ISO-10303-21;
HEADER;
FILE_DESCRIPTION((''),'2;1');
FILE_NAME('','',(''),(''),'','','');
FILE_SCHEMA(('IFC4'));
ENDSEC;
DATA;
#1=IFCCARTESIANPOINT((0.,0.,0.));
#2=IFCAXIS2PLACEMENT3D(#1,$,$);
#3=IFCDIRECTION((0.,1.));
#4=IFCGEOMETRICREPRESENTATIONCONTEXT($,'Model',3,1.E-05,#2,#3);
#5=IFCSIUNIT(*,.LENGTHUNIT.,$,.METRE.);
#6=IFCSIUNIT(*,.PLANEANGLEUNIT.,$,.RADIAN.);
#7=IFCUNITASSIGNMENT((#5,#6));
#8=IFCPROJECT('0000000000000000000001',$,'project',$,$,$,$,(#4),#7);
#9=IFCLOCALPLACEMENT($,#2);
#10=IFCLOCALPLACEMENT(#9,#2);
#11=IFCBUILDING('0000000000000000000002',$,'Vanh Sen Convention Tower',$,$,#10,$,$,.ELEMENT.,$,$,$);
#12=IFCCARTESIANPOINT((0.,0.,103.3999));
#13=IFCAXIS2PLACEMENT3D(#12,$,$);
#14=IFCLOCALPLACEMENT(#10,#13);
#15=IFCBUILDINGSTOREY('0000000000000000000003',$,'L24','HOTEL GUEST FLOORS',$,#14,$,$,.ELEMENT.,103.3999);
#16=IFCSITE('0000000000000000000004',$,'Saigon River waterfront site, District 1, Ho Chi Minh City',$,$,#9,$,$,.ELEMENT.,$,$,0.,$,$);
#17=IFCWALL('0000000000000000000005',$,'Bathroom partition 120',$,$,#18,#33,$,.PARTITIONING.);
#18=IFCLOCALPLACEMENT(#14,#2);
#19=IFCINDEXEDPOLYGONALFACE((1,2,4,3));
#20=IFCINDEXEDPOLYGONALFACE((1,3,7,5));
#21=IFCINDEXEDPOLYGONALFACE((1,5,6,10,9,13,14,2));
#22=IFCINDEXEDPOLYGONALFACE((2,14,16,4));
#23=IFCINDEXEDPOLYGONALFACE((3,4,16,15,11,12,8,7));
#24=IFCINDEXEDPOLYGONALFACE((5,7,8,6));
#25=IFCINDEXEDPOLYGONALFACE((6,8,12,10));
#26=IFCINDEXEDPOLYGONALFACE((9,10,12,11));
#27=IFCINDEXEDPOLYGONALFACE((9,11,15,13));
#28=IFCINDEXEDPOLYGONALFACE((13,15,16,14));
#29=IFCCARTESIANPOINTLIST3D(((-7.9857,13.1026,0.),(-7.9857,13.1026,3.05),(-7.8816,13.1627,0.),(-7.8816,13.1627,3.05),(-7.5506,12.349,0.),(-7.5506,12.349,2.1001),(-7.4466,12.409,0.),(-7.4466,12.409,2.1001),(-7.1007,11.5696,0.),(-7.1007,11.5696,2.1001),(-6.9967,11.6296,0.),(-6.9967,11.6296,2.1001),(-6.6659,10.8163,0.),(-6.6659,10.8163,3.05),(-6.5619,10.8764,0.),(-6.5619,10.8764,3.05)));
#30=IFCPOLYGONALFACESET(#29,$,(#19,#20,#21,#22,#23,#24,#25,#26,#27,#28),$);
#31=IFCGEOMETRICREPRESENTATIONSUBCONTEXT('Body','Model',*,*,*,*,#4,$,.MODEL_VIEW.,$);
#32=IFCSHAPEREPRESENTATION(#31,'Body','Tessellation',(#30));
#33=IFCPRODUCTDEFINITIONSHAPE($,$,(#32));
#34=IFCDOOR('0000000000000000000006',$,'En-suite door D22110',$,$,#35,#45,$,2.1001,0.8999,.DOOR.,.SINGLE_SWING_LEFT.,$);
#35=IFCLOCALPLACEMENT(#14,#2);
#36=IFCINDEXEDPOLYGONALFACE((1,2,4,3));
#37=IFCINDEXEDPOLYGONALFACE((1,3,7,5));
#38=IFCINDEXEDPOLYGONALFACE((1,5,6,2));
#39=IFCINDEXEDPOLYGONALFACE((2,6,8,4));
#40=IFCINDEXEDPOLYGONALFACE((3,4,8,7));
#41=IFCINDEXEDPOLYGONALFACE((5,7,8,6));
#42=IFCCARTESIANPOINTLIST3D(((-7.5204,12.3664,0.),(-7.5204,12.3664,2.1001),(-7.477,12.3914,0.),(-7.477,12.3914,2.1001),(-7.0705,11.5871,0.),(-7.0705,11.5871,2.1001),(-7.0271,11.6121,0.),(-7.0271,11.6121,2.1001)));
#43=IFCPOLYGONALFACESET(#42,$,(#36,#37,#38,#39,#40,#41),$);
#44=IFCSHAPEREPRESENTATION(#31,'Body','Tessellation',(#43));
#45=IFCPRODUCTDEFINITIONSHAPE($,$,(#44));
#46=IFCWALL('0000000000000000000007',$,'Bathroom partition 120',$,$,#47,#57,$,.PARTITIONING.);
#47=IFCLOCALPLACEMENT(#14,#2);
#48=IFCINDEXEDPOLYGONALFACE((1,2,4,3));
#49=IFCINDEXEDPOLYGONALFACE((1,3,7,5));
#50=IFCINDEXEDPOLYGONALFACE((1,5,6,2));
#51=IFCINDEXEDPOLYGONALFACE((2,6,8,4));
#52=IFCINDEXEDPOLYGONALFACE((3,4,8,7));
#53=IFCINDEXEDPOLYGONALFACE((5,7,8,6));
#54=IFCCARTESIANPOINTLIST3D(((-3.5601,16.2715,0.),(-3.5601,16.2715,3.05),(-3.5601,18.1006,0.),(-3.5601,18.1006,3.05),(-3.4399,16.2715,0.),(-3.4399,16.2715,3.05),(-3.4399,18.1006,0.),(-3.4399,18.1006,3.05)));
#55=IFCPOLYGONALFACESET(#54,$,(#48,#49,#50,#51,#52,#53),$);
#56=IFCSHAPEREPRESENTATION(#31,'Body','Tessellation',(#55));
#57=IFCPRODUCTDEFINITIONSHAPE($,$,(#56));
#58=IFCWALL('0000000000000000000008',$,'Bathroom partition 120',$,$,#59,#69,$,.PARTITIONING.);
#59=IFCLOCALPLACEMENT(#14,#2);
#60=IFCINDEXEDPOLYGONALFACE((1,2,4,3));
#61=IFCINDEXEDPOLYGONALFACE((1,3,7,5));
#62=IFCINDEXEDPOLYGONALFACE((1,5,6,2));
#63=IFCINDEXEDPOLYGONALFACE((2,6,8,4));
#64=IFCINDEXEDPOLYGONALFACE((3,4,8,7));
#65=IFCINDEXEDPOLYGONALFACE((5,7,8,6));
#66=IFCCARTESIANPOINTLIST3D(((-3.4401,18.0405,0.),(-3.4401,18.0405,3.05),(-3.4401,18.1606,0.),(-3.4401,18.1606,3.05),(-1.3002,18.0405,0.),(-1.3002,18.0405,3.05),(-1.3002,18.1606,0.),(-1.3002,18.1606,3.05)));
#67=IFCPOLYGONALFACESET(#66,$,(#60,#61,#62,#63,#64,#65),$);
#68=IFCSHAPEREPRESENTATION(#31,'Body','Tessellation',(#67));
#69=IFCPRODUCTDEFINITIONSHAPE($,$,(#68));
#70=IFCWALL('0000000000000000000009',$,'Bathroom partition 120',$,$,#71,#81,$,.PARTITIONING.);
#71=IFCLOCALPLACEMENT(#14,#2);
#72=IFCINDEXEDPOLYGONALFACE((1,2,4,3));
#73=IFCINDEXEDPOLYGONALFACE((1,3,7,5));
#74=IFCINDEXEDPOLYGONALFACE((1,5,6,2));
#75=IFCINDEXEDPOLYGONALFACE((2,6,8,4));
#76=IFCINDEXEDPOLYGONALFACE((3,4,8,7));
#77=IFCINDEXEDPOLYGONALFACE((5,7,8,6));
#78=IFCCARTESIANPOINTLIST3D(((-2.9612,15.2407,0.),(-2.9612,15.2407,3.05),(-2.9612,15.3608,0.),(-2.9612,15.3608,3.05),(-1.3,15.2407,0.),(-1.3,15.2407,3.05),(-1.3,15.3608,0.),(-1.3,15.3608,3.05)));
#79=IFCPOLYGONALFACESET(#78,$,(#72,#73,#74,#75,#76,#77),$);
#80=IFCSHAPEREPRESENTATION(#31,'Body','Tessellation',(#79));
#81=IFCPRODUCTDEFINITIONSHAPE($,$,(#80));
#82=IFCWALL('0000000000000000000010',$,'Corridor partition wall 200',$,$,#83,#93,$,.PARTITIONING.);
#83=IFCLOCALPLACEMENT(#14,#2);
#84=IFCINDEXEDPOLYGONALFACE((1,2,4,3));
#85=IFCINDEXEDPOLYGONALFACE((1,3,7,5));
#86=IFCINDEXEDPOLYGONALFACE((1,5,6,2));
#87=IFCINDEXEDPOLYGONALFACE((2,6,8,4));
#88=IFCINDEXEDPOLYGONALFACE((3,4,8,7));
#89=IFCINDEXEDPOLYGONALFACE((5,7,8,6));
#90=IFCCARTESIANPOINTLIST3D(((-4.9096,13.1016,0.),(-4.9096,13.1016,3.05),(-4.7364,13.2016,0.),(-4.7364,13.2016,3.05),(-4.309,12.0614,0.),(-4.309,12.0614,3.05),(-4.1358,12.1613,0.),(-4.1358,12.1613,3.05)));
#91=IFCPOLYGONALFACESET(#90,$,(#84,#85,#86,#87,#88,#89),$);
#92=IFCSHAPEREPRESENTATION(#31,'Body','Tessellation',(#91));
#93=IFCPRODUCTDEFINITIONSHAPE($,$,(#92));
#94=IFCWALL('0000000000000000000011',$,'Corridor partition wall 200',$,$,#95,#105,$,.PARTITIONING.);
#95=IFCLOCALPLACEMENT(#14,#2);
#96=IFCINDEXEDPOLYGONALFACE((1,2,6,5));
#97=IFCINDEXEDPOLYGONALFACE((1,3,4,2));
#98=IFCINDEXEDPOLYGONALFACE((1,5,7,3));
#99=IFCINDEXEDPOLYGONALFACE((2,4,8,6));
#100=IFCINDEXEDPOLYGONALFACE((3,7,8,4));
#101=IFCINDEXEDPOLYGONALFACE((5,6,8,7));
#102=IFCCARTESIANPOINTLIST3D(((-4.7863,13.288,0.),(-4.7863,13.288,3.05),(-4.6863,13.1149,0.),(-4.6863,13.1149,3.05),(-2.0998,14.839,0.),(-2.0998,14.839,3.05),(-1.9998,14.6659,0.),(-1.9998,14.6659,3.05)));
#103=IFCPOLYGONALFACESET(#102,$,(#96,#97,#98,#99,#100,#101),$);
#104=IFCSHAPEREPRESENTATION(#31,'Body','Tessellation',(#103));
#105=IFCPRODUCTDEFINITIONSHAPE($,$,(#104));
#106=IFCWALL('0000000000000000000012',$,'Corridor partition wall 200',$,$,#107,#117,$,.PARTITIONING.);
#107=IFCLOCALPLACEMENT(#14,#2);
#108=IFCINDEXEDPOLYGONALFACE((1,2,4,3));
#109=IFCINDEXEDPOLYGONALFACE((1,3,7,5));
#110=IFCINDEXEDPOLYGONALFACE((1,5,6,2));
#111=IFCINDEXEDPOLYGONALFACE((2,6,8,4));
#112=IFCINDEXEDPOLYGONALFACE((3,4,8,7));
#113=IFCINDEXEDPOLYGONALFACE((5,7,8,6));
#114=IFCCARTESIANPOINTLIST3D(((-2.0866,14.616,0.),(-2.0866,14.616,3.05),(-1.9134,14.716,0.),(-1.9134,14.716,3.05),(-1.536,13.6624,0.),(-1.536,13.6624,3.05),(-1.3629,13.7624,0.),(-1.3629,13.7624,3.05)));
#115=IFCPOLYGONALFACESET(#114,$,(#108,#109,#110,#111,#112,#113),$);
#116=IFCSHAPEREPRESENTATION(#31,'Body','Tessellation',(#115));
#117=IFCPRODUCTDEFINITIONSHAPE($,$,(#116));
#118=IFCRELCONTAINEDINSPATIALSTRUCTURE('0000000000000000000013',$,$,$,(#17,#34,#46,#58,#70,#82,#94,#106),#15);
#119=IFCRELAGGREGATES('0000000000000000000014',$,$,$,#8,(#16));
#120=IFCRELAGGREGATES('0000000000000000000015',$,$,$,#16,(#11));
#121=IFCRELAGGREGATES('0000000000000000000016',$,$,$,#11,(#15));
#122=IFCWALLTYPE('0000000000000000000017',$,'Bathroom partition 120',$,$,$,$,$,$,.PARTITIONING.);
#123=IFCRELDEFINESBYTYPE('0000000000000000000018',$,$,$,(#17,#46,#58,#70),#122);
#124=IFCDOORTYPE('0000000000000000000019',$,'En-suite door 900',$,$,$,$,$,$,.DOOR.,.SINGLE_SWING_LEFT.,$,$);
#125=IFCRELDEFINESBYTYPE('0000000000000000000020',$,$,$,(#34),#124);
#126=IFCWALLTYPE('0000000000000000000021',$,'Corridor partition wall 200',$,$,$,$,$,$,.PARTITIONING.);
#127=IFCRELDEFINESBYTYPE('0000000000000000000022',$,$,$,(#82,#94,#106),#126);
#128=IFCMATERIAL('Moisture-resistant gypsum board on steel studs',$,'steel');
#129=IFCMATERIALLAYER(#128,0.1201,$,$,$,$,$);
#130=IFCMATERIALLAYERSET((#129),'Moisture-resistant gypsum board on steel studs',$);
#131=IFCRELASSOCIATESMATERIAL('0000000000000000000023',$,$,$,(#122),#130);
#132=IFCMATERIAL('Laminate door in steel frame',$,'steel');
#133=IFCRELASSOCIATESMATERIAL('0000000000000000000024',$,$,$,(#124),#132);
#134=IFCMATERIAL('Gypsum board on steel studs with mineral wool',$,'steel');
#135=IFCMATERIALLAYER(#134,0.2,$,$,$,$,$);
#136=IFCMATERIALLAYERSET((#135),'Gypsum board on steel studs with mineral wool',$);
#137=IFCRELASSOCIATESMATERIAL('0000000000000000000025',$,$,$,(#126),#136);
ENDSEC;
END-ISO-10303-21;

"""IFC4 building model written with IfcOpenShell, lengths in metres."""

from ifc_helpers import new_model, si_unit, direction, frame, frame_2d, origin, place, context, subcontext, project, spatial, rectangle, extrude, material, layer, layer_set, type_object, element, fill, save


model = new_model("IFC4")

# Units and contexts
model_context = context("Model", 3, precision=1e-05, world=origin(), true_north=direction((0.0, 1.0)))
body_context = subcontext(model_context, "Body", "Model", "MODEL_VIEW")
ifc_project = project(units=[si_unit("LENGTHUNIT", "METRE"), si_unit("PLANEANGLEUNIT", "RADIAN")], contexts=[model_context])

# Site, building, storey
site_placement = place(None, origin())
site = spatial("IfcSite", under=ifc_project, at=site_placement, Name="Saigon River waterfront site, District 1, Ho Chi Minh City", CompositionType="ELEMENT", RefElevation=0.0)
building_placement = place(site_placement, origin())
building = spatial("IfcBuilding", under=site, at=building_placement, Name="Vanh Sen Convention Tower", CompositionType="ELEMENT")
storey_placement = place(building_placement, frame((0.0, 0.0, 103.3999)))
storey = spatial("IfcBuildingStorey", under=building, at=storey_placement, Name="L24", Description="HOTEL GUEST FLOORS", CompositionType="ELEMENT", Elevation=103.3999)

# Wall, opening, door
ifc_material_1 = material(Name="Moisture-resistant gypsum board on steel studs", Category="steel")
ifc_layer_1 = layer(ifc_material_1, 0.1201)
ifc_layer_set_1 = layer_set([ifc_layer_1], Name="Moisture-resistant gypsum board on steel studs")
wall_type_1 = type_object("IfcWallType", Name="Bathroom partition 120", PredefinedType="PARTITIONING", material=ifc_layer_set_1)
wall_1_placement = place(storey_placement, frame((-7.9336, 13.1326, 0.0), z_axis=(0.0, 0.0, 1.0), x_axis=(0.499939, -0.866061, 0.0)))
wall_1 = element("IfcWall", 1, at=wall_1_placement, inside=storey, type_object=wall_type_1, Name="Bathroom partition 120", PredefinedType="PARTITIONING", context=body_context, shape_type="SweptSolid", body=[
    extrude(rectangle(XDim=2.6399, YDim=0.1201, at=frame_2d((1.3198, 0.0))), origin(), (0.0, 0.0, 1.0), 3.05),
])
opening_1_placement = place(wall_1_placement, frame((0.8701, 0.0, 0.0)))
opening_1 = element("IfcOpeningElement", 2, at=opening_1_placement, cuts=wall_1, PredefinedType="OPENING", context=body_context, shape_type="SweptSolid", body=[
    extrude(rectangle(XDim=0.8999, YDim=2.1001, at=frame_2d((0.45, 1.05))), frame((0.0, 0.0701, 0.0), z_axis=(0.0, -1.0, 0.0), x_axis=(1.0, 0.0, 0.0)), (0.0, 0.0, 1.0), 0.1401),
])
ifc_material_2 = material(Name="Laminate door in steel frame", Category="steel")
door_type = type_object("IfcDoorType", Name="En-suite door 900", OperationType="SINGLE_SWING_LEFT", PredefinedType="DOOR", material=ifc_material_2)
door_placement = place(opening_1_placement, origin())
door = element("IfcDoor", 3, at=door_placement, inside=storey, type_object=door_type, Name="En-suite door D22110", OperationType="SINGLE_SWING_LEFT", OverallHeight=2.1001, OverallWidth=0.8999, PredefinedType="DOOR", context=body_context, shape_type="SweptSolid", body=[
    extrude(rectangle(XDim=0.8999, YDim=2.1001, at=frame_2d((0.45, 1.05))), frame((0.0, 0.0249, 0.0), z_axis=(0.0, -1.0, 0.0), x_axis=(1.0, 0.0, 0.0)), (0.0, 0.0, 1.0), 0.05),
])
fill(opening_1, door)

# Walls
wall_2_placement = place(storey_placement, frame((-3.5, 16.2715, 0.0), z_axis=(0.0, 0.0, 1.0), x_axis=(0.0, 1.0, 0.0)))
element("IfcWall", 4, at=wall_2_placement, inside=storey, type_object=wall_type_1, Name="Bathroom partition 120", PredefinedType="PARTITIONING", context=body_context, shape_type="SweptSolid", body=[
    extrude(rectangle(XDim=1.8291, YDim=0.1201, at=frame_2d((0.9146, 0.0))), origin(), (0.0, 0.0, 1.0), 3.05),
])
wall_3_placement = place(storey_placement, frame((-3.4399, 18.1006, 0.0), z_axis=(0.0, 0.0, 1.0), x_axis=(1.0, 0.0, 0.0)))
element("IfcWall", 5, at=wall_3_placement, inside=storey, type_object=wall_type_1, Name="Bathroom partition 120", PredefinedType="PARTITIONING", context=body_context, shape_type="SweptSolid", body=[
    extrude(rectangle(XDim=2.1399, YDim=0.1201, at=frame_2d((1.0698, 0.0))), origin(), (0.0, 0.0, 1.0), 3.05),
])
wall_4_placement = place(storey_placement, frame((-1.3, 15.3008, 0.0), z_axis=(0.0, 0.0, 1.0), x_axis=(-1.0, 0.0, 0.0)))
element("IfcWall", 6, at=wall_4_placement, inside=storey, type_object=wall_type_1, Name="Bathroom partition 120", PredefinedType="PARTITIONING", context=body_context, shape_type="SweptSolid", body=[
    extrude(rectangle(XDim=1.6611, YDim=0.1201, at=frame_2d((0.8306, 0.0))), origin(), (0.0, 0.0, 1.0), 3.05),
])
ifc_material_3 = material(Name="Gypsum board on steel studs with mineral wool", Category="steel")
ifc_layer_2 = layer(ifc_material_3, 0.2)
ifc_layer_set_2 = layer_set([ifc_layer_2], Name="Gypsum board on steel studs with mineral wool")
wall_type_2 = type_object("IfcWallType", Name="Corridor partition wall 200", PredefinedType="PARTITIONING", material=ifc_layer_set_2)
wall_5_placement = place(storey_placement, frame((-4.823, 13.1516, 0.0), z_axis=(0.0, 0.0, 1.0), x_axis=(0.499986, -0.866033, 0.0)))
element("IfcWall", 7, at=wall_5_placement, inside=storey, type_object=wall_type_2, Name="Corridor partition wall 200", PredefinedType="PARTITIONING", context=body_context, shape_type="SweptSolid", body=[
    extrude(rectangle(XDim=1.2012, YDim=0.2, at=frame_2d((0.6006, 0.0))), origin(), (0.0, 0.0, 1.0), 3.05),
])
wall_6_placement = place(storey_placement, frame((-2.0498, 14.7524, 0.0), z_axis=(0.0, 0.0, 1.0), x_axis=(-0.866031, -0.49999, 0.0)))
element("IfcWall", 8, at=wall_6_placement, inside=storey, type_object=wall_type_2, Name="Corridor partition wall 200", PredefinedType="PARTITIONING", context=body_context, shape_type="SweptSolid", body=[
    extrude(rectangle(XDim=3.1021, YDim=0.2, at=frame_2d((1.551, 0.0))), origin(), (0.0, 0.0, 1.0), 3.05),
])
wall_7_placement = place(storey_placement, frame((-1.4495, 13.7124, 0.0), z_axis=(0.0, 0.0, 1.0), x_axis=(-0.499978, 0.866038, 0.0)))
element("IfcWall", 9, at=wall_7_placement, inside=storey, type_object=wall_type_2, Name="Corridor partition wall 200", PredefinedType="PARTITIONING", context=body_context, shape_type="SweptSolid", body=[
    extrude(rectangle(XDim=1.1011, YDim=0.2, at=frame_2d((0.5505, 0.0))), origin(), (0.0, 0.0, 1.0), 3.05),
])

save(model, "model.ifc")
